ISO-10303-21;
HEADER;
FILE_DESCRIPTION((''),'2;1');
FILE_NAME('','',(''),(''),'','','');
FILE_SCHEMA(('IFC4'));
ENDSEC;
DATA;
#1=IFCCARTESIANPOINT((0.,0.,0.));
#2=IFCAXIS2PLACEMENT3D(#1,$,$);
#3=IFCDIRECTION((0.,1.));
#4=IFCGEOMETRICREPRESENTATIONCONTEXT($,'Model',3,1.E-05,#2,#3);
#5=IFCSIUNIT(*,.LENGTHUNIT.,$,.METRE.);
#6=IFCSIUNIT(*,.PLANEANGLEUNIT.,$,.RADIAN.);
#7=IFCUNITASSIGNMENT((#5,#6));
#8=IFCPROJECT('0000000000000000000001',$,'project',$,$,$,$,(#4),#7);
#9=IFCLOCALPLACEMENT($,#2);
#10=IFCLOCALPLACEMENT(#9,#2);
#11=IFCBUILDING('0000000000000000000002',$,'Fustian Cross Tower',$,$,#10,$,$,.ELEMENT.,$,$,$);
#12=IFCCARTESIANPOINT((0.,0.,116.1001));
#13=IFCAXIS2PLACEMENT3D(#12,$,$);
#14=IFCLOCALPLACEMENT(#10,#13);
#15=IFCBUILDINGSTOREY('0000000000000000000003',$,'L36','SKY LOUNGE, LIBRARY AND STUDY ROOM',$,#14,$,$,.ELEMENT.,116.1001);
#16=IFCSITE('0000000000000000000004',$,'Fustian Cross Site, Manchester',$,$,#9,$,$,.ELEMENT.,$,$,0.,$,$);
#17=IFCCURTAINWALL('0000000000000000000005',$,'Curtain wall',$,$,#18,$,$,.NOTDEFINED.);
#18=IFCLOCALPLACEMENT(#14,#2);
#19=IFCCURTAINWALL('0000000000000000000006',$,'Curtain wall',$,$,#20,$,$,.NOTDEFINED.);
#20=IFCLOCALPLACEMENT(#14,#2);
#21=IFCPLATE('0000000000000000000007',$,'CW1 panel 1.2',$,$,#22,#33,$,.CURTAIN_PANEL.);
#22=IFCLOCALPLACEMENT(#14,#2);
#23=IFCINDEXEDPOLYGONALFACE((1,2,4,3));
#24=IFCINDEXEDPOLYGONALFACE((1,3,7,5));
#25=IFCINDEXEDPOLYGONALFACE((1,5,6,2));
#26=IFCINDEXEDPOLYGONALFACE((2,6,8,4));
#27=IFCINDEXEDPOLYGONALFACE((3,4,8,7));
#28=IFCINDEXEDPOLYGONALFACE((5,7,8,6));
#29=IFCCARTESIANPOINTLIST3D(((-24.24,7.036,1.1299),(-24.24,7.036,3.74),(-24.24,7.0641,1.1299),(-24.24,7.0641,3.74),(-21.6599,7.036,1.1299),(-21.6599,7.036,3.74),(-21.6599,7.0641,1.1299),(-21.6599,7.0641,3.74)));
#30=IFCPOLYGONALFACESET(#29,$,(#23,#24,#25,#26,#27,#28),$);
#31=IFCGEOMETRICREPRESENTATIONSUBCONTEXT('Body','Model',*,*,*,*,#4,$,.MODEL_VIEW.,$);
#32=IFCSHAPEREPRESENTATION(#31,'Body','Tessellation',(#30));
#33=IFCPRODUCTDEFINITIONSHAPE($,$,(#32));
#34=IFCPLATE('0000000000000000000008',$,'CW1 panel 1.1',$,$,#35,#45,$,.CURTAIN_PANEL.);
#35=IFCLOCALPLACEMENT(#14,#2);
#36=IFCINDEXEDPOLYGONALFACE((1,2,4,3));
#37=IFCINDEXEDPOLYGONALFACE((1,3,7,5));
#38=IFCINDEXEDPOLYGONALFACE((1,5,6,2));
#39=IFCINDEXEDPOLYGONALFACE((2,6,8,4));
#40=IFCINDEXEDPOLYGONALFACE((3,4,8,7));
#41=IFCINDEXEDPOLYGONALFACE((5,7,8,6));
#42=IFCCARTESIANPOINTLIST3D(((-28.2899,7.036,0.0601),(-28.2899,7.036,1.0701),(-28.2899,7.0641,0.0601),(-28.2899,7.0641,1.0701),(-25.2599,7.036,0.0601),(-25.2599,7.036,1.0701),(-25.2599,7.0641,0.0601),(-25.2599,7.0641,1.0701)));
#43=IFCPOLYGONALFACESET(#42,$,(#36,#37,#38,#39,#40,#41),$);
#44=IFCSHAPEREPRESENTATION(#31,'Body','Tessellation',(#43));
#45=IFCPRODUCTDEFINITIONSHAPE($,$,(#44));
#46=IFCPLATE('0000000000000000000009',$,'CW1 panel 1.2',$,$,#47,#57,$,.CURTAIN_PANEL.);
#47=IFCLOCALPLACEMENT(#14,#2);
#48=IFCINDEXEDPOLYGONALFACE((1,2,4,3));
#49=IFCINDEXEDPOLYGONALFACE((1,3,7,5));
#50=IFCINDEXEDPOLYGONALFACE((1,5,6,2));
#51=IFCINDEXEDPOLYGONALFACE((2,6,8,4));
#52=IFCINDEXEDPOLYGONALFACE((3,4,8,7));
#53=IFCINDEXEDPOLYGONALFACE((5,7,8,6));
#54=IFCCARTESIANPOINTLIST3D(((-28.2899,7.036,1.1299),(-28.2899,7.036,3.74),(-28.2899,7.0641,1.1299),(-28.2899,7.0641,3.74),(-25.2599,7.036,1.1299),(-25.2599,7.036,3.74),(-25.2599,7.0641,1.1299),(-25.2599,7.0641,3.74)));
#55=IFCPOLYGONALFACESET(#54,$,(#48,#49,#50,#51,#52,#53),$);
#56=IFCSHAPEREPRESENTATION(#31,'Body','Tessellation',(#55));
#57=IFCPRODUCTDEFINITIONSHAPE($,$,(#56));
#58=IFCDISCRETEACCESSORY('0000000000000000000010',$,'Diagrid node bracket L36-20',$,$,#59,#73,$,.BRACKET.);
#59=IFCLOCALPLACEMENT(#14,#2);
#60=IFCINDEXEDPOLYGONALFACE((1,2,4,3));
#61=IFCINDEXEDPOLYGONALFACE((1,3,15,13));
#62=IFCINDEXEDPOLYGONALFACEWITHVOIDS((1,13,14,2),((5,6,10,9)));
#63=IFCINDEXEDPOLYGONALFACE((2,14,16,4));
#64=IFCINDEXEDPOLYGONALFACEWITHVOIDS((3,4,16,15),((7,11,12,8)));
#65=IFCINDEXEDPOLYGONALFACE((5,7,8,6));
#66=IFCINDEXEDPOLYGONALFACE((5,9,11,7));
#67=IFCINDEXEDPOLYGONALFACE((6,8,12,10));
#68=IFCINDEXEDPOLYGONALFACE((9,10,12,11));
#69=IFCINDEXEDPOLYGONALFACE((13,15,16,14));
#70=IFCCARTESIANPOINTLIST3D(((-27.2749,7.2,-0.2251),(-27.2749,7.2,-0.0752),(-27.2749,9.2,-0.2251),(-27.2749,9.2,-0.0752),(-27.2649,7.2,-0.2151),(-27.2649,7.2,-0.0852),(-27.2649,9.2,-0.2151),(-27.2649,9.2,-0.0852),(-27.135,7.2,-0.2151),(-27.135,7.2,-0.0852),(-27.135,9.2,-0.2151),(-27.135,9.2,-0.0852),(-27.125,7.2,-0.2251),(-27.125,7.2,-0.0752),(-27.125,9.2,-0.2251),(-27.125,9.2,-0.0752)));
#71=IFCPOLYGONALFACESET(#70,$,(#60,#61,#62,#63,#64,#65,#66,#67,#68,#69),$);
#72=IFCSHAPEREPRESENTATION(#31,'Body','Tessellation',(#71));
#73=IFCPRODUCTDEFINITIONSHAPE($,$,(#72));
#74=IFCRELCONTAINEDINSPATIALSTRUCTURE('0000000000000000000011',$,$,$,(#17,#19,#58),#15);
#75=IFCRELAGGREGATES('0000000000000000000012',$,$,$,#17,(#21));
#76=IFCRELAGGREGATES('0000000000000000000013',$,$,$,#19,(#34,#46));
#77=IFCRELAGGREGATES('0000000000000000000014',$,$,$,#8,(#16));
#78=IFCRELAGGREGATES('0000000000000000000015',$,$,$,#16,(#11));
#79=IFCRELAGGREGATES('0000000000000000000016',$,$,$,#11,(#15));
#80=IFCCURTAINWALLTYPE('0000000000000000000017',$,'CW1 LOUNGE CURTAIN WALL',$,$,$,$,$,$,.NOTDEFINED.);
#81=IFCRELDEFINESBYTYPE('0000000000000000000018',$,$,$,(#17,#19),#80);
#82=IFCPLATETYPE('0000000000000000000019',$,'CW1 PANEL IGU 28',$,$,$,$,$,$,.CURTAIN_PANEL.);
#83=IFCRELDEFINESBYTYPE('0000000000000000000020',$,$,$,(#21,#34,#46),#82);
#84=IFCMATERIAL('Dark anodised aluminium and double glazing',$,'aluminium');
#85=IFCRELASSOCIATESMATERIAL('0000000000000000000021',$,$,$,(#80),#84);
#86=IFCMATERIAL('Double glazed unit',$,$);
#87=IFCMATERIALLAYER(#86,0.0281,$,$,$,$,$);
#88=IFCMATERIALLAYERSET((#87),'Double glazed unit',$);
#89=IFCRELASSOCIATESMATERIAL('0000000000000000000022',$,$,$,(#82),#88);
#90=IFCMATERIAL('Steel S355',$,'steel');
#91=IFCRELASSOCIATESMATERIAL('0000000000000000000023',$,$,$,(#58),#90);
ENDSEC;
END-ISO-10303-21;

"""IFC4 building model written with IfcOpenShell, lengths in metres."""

from ifc_helpers import new_model, si_unit, direction, frame, origin, origin_2d, place, context, subcontext, project, spatial, rectangle, hollow_rectangle, extrude, material, layer, layer_set, type_object, element, aggregate, save


model = new_model("IFC4")

# Units and contexts
model_context = context("Model", 3, precision=1e-05, world=origin(), true_north=direction((0.0, 1.0)))
body_context = subcontext(model_context, "Body", "Model", "MODEL_VIEW")
ifc_project = project(units=[si_unit("LENGTHUNIT", "METRE"), si_unit("PLANEANGLEUNIT", "RADIAN")], contexts=[model_context])

# Site, building, storey
site_placement = place(None, origin())
site = spatial("IfcSite", under=ifc_project, at=site_placement, Name="Fustian Cross Site, Manchester", CompositionType="ELEMENT", RefElevation=0.0)
building_placement = place(site_placement, origin())
building = spatial("IfcBuilding", under=site, at=building_placement, Name="Fustian Cross Tower", CompositionType="ELEMENT")
storey_placement = place(building_placement, frame((0.0, 0.0, 116.1001)))
storey = spatial("IfcBuildingStorey", under=building, at=storey_placement, Name="L36", Description="SKY LOUNGE, LIBRARY AND STUDY ROOM", CompositionType="ELEMENT", Elevation=116.1001)

# Curtain walls
ifc_material_1 = material(Name="Dark anodised aluminium and double glazing", Category="aluminium")
curtain_wall_type = type_object("IfcCurtainWallType", Name="CW1 LOUNGE CURTAIN WALL", PredefinedType="NOTDEFINED", material=ifc_material_1)
curtain_wall_1_placement = place(storey_placement, origin())
curtain_wall_1 = element("IfcCurtainWall", 1, at=curtain_wall_1_placement, inside=storey, type_object=curtain_wall_type, Name="Curtain wall", PredefinedType="NOTDEFINED")
curtain_wall_2_placement = place(storey_placement, origin())
curtain_wall_2 = element("IfcCurtainWall", 2, at=curtain_wall_2_placement, inside=storey, type_object=curtain_wall_type, Name="Curtain wall", PredefinedType="NOTDEFINED")

# Plates
ifc_material_2 = material(Name="Double glazed unit")
ifc_layer = layer(ifc_material_2, 0.0281)
ifc_layer_set = layer_set([ifc_layer], Name="Double glazed unit")
plate_type = type_object("IfcPlateType", Name="CW1 PANEL IGU 28", PredefinedType="CURTAIN_PANEL", material=ifc_layer_set)
plate_1_placement = place(storey_placement, frame((-22.95, 7.05, 1.1299), z_axis=(0.0, 0.0, 1.0), x_axis=(-1.0, 0.0, 0.0)))
plate_1 = element("IfcPlate", 3, at=plate_1_placement, type_object=plate_type, Name="CW1 panel 1.2", PredefinedType="CURTAIN_PANEL", context=body_context, shape_type="SweptSolid", body=[
    extrude(rectangle(XDim=2.5801, YDim=0.0281, at=origin_2d()), origin(), (0.0, 0.0, 1.0), 2.6101),
])
aggregate(curtain_wall_1, [plate_1])
plate_2_placement = place(storey_placement, frame((-26.7749, 7.05, 0.0601), z_axis=(0.0, 0.0, 1.0), x_axis=(-1.0, 0.0, 0.0)))
plate_2 = element("IfcPlate", 4, at=plate_2_placement, type_object=plate_type, Name="CW1 panel 1.1", PredefinedType="CURTAIN_PANEL", context=body_context, shape_type="SweptSolid", body=[
    extrude(rectangle(XDim=3.03, YDim=0.0281, at=origin_2d()), origin(), (0.0, 0.0, 1.0), 1.01),
])
plate_3_placement = place(storey_placement, frame((-26.7749, 7.05, 1.1299), z_axis=(0.0, 0.0, 1.0), x_axis=(-1.0, 0.0, 0.0)))
plate_3 = element("IfcPlate", 5, at=plate_3_placement, type_object=plate_type, Name="CW1 panel 1.2", PredefinedType="CURTAIN_PANEL", context=body_context, shape_type="SweptSolid", body=[
    extrude(rectangle(XDim=3.03, YDim=0.0281, at=origin_2d()), origin(), (0.0, 0.0, 1.0), 2.6101),
])
aggregate(curtain_wall_2, [plate_2, plate_3])

# Discrete accessory
ifc_material_3 = material(Name="Steel S355", Category="steel")
discrete_accessory_placement = place(storey_placement, frame((-27.2, 9.2, -0.1501), z_axis=(0.0, -1.0, 0.0), x_axis=(1.0, 0.0, 0.0)))
element("IfcDiscreteAccessory", 6, at=discrete_accessory_placement, inside=storey, material=ifc_material_3, Name="Diagrid node bracket L36-20", PredefinedType="BRACKET", context=body_context, shape_type="SweptSolid", body=[
    extrude(hollow_rectangle(XDim=0.1499, YDim=0.1499, WallThickness=0.01, at=origin_2d()), origin(), (0.0, 0.0, 1.0), 2.0),
])

save(model, "model.ifc")
